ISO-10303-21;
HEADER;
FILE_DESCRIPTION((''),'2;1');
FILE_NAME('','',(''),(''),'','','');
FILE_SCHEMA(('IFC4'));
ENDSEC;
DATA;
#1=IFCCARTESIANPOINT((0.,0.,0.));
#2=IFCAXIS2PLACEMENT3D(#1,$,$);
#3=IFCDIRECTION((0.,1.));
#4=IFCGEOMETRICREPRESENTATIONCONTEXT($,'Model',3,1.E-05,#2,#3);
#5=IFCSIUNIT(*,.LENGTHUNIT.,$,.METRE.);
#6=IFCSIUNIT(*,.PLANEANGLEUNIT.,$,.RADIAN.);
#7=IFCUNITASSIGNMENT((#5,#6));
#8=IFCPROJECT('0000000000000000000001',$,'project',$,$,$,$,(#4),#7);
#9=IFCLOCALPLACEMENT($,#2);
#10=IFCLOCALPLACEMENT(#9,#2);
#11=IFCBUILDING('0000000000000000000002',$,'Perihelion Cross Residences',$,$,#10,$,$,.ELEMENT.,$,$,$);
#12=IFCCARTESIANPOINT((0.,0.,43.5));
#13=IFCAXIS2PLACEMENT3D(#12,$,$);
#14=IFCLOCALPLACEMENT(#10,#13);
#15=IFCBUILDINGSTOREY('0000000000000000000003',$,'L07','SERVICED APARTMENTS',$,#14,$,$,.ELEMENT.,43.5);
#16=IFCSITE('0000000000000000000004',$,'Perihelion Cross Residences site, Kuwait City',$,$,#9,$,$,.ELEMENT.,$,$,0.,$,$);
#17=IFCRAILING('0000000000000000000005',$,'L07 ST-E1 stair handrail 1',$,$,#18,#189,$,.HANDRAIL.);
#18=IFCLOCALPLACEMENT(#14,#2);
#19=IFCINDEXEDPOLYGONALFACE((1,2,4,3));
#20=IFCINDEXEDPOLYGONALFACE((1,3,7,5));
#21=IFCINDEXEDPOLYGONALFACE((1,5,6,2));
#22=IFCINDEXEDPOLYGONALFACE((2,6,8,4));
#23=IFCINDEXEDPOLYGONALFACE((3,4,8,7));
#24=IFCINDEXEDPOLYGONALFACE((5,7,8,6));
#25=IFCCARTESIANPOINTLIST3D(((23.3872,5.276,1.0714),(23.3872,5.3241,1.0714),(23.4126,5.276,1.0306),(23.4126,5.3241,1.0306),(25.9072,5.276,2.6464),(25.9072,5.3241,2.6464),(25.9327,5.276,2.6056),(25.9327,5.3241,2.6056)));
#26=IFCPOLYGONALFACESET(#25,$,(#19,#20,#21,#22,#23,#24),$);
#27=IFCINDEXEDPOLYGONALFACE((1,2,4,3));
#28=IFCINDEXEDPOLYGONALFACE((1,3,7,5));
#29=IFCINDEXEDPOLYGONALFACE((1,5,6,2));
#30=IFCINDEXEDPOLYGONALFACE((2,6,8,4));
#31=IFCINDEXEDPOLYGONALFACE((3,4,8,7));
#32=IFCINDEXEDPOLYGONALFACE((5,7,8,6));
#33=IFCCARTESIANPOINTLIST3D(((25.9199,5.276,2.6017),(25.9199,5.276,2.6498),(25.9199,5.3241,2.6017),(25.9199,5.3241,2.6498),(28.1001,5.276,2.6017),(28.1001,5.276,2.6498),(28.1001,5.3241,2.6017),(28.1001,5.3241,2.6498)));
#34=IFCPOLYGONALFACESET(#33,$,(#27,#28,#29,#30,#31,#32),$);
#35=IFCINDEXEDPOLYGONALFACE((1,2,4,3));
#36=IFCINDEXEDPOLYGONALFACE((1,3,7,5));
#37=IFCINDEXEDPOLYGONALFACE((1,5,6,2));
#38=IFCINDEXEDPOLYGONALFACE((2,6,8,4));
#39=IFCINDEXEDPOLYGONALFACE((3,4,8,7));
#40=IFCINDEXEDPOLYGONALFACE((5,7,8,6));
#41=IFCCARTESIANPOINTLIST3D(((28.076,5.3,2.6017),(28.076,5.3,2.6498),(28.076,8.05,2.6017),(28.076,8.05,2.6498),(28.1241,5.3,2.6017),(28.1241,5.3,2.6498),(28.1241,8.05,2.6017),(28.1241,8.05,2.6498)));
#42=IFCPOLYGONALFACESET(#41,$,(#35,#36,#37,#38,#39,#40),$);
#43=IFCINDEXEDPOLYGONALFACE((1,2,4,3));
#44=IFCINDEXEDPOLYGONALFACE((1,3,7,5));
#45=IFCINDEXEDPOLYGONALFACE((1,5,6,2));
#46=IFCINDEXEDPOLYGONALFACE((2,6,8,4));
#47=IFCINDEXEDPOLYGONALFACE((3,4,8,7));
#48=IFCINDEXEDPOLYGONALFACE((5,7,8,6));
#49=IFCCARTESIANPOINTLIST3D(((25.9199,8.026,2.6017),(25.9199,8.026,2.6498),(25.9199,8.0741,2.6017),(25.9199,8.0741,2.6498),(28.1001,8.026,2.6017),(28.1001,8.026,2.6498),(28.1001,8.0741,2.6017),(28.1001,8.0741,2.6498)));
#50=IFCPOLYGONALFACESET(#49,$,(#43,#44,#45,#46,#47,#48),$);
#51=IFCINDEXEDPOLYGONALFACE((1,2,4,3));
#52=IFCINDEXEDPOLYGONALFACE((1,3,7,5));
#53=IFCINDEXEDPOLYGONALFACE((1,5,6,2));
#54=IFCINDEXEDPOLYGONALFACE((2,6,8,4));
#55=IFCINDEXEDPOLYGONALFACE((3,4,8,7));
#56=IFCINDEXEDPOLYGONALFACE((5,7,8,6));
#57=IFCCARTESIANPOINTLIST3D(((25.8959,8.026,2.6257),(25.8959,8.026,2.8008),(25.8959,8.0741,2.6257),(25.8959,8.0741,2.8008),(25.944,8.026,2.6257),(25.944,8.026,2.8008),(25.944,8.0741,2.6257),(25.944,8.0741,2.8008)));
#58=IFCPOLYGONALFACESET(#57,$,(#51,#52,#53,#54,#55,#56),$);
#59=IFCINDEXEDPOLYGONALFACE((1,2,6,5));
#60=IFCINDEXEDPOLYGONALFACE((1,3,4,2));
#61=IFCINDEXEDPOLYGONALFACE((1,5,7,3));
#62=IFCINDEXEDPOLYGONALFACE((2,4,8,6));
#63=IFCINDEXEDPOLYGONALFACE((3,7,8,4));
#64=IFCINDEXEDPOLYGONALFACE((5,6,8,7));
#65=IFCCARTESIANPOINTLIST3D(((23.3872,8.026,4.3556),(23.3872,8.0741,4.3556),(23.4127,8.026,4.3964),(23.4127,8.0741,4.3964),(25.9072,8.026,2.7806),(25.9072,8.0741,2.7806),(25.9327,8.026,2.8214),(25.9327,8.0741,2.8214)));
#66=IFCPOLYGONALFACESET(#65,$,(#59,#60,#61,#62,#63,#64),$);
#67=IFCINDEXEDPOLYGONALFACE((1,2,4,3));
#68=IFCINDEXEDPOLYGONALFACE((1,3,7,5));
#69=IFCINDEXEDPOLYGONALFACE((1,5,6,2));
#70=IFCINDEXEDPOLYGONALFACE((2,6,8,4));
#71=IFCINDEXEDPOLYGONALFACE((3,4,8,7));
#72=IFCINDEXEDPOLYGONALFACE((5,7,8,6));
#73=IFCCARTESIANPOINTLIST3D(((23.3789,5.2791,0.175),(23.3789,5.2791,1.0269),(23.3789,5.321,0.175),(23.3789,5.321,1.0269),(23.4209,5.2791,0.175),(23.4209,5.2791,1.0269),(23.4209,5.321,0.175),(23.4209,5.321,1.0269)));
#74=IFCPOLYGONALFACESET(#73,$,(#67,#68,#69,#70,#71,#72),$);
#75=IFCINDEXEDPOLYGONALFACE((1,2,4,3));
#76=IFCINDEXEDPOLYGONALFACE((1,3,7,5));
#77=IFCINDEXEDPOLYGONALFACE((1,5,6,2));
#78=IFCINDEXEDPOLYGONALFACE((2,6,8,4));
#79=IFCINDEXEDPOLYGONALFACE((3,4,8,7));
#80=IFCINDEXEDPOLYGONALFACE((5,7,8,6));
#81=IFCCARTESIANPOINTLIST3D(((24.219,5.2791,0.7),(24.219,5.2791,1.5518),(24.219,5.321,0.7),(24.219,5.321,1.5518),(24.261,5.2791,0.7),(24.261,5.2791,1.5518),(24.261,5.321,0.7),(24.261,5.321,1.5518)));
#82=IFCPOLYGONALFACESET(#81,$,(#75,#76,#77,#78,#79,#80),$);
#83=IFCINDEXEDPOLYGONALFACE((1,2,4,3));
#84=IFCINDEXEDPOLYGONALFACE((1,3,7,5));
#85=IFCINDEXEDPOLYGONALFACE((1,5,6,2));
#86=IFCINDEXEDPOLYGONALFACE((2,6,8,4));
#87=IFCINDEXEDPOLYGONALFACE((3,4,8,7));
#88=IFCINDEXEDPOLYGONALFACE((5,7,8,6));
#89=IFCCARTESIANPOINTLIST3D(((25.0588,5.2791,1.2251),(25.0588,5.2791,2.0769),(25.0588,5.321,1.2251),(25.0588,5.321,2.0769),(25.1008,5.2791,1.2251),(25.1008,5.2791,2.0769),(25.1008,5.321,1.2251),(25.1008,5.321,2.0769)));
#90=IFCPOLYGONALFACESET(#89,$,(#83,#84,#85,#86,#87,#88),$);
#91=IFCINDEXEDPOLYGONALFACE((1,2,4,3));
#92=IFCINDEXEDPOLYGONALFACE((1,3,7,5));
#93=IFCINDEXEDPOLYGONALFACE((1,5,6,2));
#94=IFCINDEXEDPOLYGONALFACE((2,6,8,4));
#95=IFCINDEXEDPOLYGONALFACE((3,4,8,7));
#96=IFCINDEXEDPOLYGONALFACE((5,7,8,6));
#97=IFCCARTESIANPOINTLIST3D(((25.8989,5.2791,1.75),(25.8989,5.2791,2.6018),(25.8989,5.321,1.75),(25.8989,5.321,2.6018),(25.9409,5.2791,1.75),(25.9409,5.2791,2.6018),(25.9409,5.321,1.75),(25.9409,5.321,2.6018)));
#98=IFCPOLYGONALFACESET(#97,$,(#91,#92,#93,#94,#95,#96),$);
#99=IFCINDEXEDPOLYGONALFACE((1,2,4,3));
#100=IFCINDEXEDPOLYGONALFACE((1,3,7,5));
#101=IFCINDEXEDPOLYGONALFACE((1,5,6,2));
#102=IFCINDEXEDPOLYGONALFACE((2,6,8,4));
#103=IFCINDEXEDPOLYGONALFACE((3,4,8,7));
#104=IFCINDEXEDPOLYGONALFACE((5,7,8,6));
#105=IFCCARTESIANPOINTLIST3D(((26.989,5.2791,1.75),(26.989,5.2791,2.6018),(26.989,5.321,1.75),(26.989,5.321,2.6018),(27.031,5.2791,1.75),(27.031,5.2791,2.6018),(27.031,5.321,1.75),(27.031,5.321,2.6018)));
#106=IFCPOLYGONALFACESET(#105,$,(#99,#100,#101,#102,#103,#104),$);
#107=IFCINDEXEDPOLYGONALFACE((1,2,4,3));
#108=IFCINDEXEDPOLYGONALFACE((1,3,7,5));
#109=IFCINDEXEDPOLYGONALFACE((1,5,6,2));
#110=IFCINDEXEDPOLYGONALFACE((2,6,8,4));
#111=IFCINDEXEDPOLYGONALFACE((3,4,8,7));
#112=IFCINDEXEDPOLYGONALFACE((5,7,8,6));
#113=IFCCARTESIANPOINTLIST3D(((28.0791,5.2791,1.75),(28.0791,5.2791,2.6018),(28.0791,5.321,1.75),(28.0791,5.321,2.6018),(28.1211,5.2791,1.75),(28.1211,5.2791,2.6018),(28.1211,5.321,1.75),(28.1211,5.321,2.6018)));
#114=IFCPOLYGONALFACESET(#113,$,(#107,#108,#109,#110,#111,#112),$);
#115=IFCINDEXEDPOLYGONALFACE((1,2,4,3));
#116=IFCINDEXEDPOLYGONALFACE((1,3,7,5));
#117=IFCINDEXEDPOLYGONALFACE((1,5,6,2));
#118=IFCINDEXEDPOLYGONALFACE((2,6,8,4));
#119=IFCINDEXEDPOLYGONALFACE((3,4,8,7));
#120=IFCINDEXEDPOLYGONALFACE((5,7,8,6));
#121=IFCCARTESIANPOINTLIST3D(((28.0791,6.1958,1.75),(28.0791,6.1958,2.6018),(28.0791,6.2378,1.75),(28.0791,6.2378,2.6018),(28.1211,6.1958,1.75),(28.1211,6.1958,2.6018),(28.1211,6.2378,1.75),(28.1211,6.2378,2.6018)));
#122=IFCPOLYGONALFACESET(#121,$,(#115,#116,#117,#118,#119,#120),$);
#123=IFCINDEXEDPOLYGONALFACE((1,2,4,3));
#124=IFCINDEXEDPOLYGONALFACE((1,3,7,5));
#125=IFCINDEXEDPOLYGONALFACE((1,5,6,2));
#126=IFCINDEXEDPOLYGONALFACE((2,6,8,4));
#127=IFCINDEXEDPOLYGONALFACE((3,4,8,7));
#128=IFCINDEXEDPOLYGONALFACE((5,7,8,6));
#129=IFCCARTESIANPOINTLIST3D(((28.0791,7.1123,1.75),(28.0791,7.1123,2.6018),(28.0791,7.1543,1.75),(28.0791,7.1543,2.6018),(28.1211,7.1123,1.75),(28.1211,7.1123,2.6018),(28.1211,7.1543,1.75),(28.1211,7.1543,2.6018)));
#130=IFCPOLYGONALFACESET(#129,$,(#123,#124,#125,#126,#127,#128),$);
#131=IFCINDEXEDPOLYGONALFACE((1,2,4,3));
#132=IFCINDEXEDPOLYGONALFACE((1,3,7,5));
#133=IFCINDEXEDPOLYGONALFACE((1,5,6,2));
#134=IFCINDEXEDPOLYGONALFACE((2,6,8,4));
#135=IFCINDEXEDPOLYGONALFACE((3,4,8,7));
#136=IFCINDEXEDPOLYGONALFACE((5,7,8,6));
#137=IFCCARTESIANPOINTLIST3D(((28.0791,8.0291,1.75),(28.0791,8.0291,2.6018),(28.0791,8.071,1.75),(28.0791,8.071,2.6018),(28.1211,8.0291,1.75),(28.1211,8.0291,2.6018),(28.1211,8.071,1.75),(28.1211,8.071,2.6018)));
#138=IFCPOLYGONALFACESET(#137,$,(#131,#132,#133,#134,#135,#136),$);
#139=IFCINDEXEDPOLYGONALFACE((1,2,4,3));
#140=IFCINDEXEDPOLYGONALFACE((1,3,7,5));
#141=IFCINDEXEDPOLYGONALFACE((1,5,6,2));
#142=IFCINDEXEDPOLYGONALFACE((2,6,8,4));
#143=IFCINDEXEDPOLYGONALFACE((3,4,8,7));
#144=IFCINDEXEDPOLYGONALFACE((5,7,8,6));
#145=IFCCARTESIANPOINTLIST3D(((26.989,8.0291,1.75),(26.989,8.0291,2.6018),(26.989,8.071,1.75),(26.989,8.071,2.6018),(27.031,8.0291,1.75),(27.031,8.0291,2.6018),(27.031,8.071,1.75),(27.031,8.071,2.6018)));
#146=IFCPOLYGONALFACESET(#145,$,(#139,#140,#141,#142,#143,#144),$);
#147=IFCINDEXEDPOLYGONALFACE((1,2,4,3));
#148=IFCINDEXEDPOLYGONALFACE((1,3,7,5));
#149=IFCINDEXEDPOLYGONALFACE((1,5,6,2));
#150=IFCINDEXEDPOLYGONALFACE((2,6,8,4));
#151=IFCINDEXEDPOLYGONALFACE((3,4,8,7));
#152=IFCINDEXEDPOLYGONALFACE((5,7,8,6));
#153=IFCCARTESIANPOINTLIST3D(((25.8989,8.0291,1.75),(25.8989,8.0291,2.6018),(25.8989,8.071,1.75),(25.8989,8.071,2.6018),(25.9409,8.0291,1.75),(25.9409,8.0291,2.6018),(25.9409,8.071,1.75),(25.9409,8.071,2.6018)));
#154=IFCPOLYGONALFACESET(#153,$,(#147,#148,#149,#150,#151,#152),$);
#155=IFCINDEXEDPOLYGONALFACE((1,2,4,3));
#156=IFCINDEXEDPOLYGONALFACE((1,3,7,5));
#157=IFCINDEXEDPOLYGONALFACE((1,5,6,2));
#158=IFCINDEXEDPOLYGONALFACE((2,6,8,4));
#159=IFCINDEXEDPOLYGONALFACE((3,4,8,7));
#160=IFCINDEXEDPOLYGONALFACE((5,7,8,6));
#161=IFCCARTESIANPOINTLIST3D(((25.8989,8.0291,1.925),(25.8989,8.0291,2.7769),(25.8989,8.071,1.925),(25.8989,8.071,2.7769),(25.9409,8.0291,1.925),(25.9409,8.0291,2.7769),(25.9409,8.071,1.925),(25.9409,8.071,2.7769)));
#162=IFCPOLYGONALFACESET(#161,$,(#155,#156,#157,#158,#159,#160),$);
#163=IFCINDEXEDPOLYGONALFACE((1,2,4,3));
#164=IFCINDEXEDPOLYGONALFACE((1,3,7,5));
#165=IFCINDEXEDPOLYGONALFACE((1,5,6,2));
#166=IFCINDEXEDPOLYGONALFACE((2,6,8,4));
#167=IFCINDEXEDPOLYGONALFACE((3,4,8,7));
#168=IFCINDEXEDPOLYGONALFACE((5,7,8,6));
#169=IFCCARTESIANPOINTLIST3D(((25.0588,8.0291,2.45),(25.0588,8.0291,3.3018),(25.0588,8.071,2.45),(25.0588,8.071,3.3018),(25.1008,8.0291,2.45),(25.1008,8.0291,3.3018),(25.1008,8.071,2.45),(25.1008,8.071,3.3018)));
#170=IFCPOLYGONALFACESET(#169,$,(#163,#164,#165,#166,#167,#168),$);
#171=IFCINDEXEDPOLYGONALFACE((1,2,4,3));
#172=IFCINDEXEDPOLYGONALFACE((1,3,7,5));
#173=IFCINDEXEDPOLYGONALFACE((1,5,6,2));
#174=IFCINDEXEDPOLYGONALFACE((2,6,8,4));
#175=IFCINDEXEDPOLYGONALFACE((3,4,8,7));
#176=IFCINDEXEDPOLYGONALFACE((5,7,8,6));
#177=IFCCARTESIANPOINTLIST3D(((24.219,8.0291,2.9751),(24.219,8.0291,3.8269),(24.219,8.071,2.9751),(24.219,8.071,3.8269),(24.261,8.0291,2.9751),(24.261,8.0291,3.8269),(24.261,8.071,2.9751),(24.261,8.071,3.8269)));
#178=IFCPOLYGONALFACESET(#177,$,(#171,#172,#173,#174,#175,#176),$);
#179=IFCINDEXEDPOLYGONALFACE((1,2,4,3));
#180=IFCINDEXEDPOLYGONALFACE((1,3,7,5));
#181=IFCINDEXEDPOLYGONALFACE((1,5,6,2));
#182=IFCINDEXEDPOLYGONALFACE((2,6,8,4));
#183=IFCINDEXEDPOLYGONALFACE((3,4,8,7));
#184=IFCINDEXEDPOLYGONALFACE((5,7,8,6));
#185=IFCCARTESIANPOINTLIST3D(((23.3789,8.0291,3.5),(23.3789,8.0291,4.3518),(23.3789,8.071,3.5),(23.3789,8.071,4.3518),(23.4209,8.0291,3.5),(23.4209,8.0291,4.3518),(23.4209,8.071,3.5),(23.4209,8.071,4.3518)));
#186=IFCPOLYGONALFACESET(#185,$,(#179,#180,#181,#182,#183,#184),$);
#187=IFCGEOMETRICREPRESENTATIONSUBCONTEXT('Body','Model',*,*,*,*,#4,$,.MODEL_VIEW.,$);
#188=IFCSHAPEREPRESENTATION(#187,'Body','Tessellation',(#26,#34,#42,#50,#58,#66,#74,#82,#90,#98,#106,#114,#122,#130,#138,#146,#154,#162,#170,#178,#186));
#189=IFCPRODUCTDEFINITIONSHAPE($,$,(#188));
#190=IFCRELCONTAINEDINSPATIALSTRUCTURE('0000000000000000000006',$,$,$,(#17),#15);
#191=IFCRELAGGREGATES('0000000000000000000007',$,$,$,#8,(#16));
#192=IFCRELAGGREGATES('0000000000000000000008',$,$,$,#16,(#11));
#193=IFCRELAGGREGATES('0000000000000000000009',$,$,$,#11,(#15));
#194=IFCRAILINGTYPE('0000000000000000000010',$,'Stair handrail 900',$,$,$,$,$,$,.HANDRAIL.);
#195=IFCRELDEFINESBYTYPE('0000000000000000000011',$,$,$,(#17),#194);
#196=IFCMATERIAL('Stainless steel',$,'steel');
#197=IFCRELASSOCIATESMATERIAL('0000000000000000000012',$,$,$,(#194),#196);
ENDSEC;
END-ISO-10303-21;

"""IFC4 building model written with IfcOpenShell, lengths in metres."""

from ifc_helpers import new_model, si_unit, direction, frame, origin, origin_2d, place, context, subcontext, project, spatial, rectangle, extrude, material, type_object, element, save


model = new_model("IFC4")

# Units and contexts
model_context = context("Model", 3, precision=1e-05, world=origin(), true_north=direction((0.0, 1.0)))
body_context = subcontext(model_context, "Body", "Model", "MODEL_VIEW")
ifc_project = project(units=[si_unit("LENGTHUNIT", "METRE"), si_unit("PLANEANGLEUNIT", "RADIAN")], contexts=[model_context])

# Site, building, storey
site_placement = place(None, origin())
site = spatial("IfcSite", under=ifc_project, at=site_placement, Name="Perihelion Cross Residences site, Kuwait City", CompositionType="ELEMENT", RefElevation=0.0)
building_placement = place(site_placement, origin())
building = spatial("IfcBuilding", under=site, at=building_placement, Name="Perihelion Cross Residences", CompositionType="ELEMENT")
storey_placement = place(building_placement, frame((0.0, 0.0, 43.5)))
storey = spatial("IfcBuildingStorey", under=building, at=storey_placement, Name="L07", Description="SERVICED APARTMENTS", CompositionType="ELEMENT", Elevation=43.5)

# Railing
ifc_material_1 = material(Name="Stainless steel", Category="steel")
railing_type_1 = type_object("IfcRailingType", Name="Stair handrail 900", PredefinedType="HANDRAIL", material=ifc_material_1)
railing_1_placement = place(storey_placement, frame((23.3999, 5.3, 0.175)))
element("IfcRailing", 1, at=railing_1_placement, inside=storey, type_object=railing_type_1, Name="L07 ST-E1 stair handrail 1", PredefinedType="HANDRAIL", context=body_context, shape_type="SweptSolid", body=[
    extrude(rectangle(XDim=0.0481, YDim=0.0481, at=origin_2d()), frame((0.0, 0.0, 0.876), z_axis=(0.848008, 0.0, 0.529984), x_axis=(0.0, 1.0, 0.0)), (0.0, 0.0, 1.0), 2.9717),
    extrude(rectangle(XDim=0.0481, YDim=0.0481, at=origin_2d()), frame((2.52, 0.0, 2.4507), z_axis=(1.0, 0.0, 0.0), x_axis=(0.0, 1.0, 0.0)), (0.0, 0.0, 1.0), 2.1802),
    extrude(rectangle(XDim=0.0481, YDim=0.0481, at=origin_2d()), frame((4.7002, 0.0, 2.4507), z_axis=(0.0, 1.0, 0.0), x_axis=(-1.0, 0.0, 0.0)), (0.0, 0.0, 1.0), 2.75),
    extrude(rectangle(XDim=0.0481, YDim=0.0481, at=origin_2d()), frame((4.7002, 2.75, 2.4507), z_axis=(-1.0, 0.0, 0.0), x_axis=(0.0, -1.0, 0.0)), (0.0, 0.0, 1.0), 2.1802),
    extrude(rectangle(XDim=0.0481, YDim=0.0481, at=origin_2d()), frame((2.52, 2.75, 2.4507), z_axis=(0.0, 0.0, 1.0), x_axis=(1.0, 0.0, 0.0)), (0.0, 0.0, 1.0), 0.175),
    extrude(rectangle(XDim=0.0481, YDim=0.0481, at=origin_2d()), frame((2.52, 2.75, 2.626), z_axis=(-0.848008, 0.0, 0.529984), x_axis=(0.0, -1.0, 0.0)), (0.0, 0.0, 1.0), 2.9717),
    extrude(rectangle(XDim=0.042, YDim=0.042, at=origin_2d()), origin(), (0.0, 0.0, 1.0), 0.8518),
    extrude(rectangle(XDim=0.042, YDim=0.042, at=origin_2d()), frame((0.8401, 0.0, 0.5249)), (0.0, 0.0, 1.0), 0.8518),
    extrude(rectangle(XDim=0.042, YDim=0.042, at=origin_2d()), frame((1.6799, 0.0, 1.05)), (0.0, 0.0, 1.0), 0.8518),
    extrude(rectangle(XDim=0.042, YDim=0.042, at=origin_2d()), frame((2.52, 0.0, 1.575)), (0.0, 0.0, 1.0), 0.8518),
    extrude(rectangle(XDim=0.042, YDim=0.042, at=origin_2d()), frame((3.6101, 0.0, 1.575)), (0.0, 0.0, 1.0), 0.8518),
    extrude(rectangle(XDim=0.042, YDim=0.042, at=origin_2d()), frame((4.7002, 0.0, 1.575)), (0.0, 0.0, 1.0), 0.8518),
    extrude(rectangle(XDim=0.042, YDim=0.042, at=origin_2d()), frame((4.7002, 0.9167, 1.575)), (0.0, 0.0, 1.0), 0.8518),
    extrude(rectangle(XDim=0.042, YDim=0.042, at=origin_2d()), frame((4.7002, 1.8333, 1.575)), (0.0, 0.0, 1.0), 0.8518),
    extrude(rectangle(XDim=0.042, YDim=0.042, at=origin_2d()), frame((4.7002, 2.75, 1.575)), (0.0, 0.0, 1.0), 0.8518),
    extrude(rectangle(XDim=0.042, YDim=0.042, at=origin_2d()), frame((3.6101, 2.75, 1.575)), (0.0, 0.0, 1.0), 0.8518),
    extrude(rectangle(XDim=0.042, YDim=0.042, at=origin_2d()), frame((2.52, 2.75, 1.575)), (0.0, 0.0, 1.0), 0.8518),
    extrude(rectangle(XDim=0.042, YDim=0.042, at=origin_2d()), frame((2.52, 2.75, 1.75)), (0.0, 0.0, 1.0), 0.8518),
    extrude(rectangle(XDim=0.042, YDim=0.042, at=origin_2d()), frame((1.6799, 2.75, 2.2749)), (0.0, 0.0, 1.0), 0.8518),
    extrude(rectangle(XDim=0.042, YDim=0.042, at=origin_2d()), frame((0.8401, 2.75, 2.8)), (0.0, 0.0, 1.0), 0.8518),
    extrude(rectangle(XDim=0.042, YDim=0.042, at=origin_2d()), frame((0.0, 2.75, 3.325)), (0.0, 0.0, 1.0), 0.8518),
])

save(model, "model.ifc")
